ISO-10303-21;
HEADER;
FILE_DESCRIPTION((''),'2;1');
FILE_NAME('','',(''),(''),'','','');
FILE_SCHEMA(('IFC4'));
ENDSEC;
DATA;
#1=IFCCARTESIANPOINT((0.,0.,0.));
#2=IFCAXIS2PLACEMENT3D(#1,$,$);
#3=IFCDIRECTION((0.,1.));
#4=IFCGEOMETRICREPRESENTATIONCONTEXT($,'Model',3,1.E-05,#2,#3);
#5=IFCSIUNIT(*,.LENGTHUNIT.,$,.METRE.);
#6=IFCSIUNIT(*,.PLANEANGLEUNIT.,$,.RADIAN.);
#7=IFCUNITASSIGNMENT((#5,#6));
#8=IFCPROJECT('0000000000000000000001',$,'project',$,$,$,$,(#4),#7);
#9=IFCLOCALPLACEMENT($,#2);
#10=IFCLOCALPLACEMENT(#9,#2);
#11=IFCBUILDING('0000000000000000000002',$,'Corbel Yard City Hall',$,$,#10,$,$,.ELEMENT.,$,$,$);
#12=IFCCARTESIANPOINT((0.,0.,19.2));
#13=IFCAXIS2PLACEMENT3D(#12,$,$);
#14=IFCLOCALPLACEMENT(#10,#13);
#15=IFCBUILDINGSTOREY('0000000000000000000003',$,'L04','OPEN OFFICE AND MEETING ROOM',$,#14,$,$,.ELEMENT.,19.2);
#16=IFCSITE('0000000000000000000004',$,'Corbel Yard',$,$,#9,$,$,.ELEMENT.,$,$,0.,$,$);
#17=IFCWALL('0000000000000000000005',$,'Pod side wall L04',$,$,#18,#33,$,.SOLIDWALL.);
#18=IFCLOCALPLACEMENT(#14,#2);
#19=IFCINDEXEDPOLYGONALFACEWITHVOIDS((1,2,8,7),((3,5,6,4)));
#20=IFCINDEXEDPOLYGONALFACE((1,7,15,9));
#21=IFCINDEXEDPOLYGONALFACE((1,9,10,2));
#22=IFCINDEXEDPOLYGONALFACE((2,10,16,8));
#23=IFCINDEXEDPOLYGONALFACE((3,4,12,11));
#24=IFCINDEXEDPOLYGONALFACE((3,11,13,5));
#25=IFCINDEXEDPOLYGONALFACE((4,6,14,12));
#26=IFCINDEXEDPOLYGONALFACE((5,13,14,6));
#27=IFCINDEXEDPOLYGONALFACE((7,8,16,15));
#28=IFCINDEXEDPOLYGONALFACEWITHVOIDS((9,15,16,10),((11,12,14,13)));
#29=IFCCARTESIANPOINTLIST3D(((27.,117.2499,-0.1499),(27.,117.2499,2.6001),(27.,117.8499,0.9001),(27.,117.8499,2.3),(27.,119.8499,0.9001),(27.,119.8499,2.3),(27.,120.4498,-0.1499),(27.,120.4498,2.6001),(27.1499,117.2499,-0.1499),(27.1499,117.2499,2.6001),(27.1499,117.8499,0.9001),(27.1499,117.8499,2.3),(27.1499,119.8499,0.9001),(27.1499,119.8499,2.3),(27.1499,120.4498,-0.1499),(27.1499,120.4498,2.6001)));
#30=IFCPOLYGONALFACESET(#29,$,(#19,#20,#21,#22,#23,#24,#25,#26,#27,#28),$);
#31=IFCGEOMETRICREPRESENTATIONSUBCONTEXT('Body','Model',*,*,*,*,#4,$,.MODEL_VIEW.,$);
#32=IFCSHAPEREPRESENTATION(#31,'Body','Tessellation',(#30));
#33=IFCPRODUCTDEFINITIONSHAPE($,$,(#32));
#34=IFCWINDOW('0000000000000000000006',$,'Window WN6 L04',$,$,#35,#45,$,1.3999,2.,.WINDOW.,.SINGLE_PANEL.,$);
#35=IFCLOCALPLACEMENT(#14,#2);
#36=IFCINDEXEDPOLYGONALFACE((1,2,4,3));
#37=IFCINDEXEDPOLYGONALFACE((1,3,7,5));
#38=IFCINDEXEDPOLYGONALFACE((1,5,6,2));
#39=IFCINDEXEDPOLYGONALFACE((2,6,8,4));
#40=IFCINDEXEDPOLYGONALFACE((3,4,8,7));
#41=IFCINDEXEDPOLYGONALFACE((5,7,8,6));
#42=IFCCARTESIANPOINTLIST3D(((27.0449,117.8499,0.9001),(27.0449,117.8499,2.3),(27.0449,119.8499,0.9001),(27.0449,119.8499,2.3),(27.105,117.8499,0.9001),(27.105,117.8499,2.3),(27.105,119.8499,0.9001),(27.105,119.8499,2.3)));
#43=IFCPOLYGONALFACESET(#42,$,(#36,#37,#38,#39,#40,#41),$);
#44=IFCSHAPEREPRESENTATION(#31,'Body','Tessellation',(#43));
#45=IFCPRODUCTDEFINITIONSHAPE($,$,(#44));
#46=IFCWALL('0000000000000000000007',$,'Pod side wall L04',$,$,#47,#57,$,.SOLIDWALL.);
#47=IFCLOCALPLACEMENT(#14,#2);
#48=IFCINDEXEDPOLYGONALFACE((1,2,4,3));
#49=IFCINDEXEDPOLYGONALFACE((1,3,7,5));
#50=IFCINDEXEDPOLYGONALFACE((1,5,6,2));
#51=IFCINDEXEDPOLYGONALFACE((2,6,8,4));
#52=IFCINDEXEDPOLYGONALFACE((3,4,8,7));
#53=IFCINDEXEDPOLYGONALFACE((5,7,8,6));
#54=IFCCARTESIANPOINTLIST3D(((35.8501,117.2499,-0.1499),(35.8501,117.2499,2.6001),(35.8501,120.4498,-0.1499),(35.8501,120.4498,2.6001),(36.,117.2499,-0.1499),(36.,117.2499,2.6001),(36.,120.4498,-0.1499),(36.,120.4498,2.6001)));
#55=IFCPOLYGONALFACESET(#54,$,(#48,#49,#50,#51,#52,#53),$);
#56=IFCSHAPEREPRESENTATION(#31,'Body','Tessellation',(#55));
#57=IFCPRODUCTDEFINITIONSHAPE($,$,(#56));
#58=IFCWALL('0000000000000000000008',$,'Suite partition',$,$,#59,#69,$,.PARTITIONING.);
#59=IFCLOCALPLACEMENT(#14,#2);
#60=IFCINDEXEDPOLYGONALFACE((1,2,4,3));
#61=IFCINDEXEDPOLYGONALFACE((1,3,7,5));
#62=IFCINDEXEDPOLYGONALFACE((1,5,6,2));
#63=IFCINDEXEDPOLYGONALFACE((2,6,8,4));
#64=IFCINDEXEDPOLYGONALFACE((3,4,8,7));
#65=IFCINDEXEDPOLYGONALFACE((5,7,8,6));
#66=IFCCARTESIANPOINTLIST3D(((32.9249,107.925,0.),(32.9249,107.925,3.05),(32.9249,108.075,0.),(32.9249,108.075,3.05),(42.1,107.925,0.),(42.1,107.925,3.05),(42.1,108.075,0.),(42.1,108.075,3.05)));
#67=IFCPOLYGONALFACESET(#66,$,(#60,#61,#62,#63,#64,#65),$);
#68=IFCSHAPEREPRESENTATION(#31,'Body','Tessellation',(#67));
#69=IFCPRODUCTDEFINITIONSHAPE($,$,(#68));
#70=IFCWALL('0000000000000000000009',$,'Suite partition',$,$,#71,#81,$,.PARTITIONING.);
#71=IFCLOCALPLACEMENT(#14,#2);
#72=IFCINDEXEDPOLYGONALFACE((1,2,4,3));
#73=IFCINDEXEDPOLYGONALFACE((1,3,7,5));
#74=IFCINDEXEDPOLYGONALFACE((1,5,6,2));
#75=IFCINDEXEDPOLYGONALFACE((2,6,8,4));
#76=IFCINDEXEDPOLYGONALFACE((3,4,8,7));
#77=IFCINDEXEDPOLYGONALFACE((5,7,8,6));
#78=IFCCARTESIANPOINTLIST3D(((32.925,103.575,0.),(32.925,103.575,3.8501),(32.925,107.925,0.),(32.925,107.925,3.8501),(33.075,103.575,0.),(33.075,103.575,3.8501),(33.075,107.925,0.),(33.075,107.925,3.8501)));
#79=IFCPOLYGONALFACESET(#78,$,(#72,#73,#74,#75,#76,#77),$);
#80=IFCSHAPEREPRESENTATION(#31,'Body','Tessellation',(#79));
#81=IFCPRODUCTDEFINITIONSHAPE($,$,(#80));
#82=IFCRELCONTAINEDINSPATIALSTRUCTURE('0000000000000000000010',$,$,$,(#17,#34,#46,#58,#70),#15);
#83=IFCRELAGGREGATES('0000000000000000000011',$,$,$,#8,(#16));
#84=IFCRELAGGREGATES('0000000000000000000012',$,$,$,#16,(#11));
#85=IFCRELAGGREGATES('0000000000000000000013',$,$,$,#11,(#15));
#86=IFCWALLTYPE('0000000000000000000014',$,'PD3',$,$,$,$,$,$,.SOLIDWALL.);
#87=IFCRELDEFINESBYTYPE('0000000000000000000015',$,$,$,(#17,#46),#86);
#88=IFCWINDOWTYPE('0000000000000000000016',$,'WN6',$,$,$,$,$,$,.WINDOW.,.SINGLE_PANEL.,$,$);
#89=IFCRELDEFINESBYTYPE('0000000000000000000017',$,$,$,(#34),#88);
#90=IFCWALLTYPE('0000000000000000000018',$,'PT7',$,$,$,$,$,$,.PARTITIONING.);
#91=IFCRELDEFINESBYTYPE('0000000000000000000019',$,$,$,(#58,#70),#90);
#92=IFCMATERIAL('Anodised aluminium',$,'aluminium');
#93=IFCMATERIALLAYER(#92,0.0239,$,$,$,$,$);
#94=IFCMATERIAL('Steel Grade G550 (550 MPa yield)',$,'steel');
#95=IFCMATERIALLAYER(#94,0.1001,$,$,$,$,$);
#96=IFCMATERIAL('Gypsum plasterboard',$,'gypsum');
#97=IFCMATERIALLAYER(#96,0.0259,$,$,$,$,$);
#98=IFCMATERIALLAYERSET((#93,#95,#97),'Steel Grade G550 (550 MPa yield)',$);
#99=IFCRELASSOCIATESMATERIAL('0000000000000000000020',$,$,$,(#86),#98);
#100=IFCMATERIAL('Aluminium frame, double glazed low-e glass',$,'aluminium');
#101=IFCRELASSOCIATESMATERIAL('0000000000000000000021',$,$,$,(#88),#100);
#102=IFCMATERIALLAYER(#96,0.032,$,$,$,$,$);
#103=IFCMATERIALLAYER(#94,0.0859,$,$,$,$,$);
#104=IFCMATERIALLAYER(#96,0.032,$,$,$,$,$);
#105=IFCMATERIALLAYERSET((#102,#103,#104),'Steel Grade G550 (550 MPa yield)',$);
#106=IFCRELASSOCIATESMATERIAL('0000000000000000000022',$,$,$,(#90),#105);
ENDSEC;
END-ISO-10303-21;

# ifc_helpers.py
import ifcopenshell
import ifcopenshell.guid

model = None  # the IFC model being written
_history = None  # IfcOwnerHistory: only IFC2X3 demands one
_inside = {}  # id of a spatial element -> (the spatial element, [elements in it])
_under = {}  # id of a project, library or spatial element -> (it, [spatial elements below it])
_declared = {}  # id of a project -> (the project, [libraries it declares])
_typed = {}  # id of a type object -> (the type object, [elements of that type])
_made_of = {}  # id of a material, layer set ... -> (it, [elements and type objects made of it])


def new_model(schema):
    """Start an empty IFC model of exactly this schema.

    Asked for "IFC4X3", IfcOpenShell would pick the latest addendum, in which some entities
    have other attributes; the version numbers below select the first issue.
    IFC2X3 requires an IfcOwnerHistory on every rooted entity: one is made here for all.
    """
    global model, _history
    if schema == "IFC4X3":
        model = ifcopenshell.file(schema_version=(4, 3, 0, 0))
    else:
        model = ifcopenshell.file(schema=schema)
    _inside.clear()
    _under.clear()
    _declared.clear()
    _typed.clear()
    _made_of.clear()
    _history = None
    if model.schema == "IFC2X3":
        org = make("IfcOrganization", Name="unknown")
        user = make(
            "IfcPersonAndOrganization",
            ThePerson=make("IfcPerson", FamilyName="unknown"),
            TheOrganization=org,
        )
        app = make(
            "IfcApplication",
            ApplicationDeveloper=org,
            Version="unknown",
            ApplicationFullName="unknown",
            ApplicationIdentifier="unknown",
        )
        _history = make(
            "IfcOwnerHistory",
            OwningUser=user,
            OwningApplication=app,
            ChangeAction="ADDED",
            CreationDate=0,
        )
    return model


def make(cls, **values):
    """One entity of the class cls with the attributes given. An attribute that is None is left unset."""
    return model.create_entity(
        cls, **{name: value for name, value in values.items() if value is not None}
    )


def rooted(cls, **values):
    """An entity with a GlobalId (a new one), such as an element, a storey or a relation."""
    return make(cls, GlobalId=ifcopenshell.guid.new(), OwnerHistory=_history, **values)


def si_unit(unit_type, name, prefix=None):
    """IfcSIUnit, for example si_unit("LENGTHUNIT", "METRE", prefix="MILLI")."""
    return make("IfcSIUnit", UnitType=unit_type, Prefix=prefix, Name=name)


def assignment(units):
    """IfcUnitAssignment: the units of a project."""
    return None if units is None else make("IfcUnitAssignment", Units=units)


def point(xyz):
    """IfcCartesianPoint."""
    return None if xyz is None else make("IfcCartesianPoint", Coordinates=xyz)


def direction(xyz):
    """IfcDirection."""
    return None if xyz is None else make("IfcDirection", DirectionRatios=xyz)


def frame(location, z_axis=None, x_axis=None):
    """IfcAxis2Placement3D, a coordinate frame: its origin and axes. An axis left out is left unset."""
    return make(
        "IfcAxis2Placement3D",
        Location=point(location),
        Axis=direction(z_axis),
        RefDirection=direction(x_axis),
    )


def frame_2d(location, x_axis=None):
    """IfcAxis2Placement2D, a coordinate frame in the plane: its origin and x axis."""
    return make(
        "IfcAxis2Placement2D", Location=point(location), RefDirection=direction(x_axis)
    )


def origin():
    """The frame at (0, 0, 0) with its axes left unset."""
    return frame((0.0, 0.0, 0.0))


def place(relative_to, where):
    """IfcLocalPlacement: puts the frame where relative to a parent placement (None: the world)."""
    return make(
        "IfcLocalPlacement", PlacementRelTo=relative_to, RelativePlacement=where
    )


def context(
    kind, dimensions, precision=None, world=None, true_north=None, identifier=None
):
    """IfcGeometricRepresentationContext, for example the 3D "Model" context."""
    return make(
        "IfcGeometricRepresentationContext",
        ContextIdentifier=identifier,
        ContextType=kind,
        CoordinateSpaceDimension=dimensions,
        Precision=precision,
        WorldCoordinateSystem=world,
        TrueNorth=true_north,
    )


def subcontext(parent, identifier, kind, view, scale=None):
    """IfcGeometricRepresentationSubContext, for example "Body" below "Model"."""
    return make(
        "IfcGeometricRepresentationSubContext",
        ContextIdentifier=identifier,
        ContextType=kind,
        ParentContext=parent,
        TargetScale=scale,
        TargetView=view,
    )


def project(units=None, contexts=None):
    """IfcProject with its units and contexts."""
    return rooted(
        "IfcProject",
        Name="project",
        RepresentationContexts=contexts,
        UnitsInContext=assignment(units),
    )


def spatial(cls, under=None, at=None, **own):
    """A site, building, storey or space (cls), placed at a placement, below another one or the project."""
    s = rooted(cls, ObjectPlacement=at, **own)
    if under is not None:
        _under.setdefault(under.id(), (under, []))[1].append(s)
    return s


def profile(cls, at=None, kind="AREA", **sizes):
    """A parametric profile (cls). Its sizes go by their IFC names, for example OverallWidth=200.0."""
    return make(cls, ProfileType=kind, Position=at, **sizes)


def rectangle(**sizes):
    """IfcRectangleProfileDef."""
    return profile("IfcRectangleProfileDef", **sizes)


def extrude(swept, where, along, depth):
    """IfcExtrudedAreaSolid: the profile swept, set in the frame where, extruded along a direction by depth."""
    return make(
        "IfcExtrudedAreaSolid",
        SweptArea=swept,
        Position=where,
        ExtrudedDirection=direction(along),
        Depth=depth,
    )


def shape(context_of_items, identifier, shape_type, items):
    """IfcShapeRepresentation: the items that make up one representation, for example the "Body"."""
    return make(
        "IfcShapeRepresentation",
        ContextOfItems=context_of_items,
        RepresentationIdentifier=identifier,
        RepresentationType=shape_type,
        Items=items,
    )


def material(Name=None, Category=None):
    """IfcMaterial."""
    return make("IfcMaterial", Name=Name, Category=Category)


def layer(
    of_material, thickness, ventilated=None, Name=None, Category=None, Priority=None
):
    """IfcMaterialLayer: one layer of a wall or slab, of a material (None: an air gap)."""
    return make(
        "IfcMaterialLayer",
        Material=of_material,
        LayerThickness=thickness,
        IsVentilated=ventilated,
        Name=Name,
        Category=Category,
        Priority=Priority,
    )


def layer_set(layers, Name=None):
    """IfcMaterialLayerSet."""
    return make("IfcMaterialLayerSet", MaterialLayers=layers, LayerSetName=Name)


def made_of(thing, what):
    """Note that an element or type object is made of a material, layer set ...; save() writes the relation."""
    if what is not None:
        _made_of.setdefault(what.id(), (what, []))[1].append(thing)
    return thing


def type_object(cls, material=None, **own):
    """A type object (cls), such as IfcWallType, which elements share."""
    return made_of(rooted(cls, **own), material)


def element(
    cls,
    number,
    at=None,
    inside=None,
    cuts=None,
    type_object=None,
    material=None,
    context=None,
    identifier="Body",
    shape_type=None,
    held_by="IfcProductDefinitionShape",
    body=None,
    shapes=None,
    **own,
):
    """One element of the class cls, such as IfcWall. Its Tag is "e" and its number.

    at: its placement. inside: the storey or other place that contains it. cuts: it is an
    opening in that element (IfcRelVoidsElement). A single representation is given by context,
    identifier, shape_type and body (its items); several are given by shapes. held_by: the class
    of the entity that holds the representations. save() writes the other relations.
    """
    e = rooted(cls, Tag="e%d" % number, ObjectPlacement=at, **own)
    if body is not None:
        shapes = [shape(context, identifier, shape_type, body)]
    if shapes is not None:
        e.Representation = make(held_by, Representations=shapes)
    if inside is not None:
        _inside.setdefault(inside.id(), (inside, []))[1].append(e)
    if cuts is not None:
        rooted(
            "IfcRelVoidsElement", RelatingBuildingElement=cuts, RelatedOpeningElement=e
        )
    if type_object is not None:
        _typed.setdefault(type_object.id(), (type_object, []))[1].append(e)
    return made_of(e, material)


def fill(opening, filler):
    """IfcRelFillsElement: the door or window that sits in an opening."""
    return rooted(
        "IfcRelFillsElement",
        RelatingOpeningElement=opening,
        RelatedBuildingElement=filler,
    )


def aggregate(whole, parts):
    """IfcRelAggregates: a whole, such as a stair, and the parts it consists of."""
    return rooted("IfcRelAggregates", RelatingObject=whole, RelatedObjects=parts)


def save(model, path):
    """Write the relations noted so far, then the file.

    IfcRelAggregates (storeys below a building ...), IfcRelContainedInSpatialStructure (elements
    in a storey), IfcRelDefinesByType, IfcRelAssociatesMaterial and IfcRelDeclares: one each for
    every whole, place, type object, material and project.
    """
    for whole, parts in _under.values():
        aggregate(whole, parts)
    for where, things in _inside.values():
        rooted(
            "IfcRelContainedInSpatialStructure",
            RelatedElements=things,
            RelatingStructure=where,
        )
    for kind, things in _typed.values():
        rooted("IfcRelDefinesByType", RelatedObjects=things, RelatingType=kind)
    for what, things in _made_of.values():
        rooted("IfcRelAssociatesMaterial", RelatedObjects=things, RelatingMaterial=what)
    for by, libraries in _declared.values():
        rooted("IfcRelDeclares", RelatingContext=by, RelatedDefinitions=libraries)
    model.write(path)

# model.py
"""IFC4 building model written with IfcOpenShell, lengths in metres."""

from ifc_helpers import new_model, si_unit, direction, frame, frame_2d, origin, place, context, subcontext, project, spatial, rectangle, extrude, material, layer, layer_set, type_object, element, fill, save


model = new_model("IFC4")

# Units and contexts
model_context = context("Model", 3, precision=1e-05, world=origin(), true_north=direction((0.0, 1.0)))
body_context = subcontext(model_context, "Body", "Model", "MODEL_VIEW")
ifc_project = project(units=[si_unit("LENGTHUNIT", "METRE"), si_unit("PLANEANGLEUNIT", "RADIAN")], contexts=[model_context])

# Site, building, storey
site_placement = place(None, origin())
site = spatial("IfcSite", under=ifc_project, at=site_placement, Name="Corbel Yard", CompositionType="ELEMENT", RefElevation=0.0)
building_placement = place(site_placement, origin())
building = spatial("IfcBuilding", under=site, at=building_placement, Name="Corbel Yard City Hall", CompositionType="ELEMENT")
storey_placement = place(building_placement, frame((0.0, 0.0, 19.2)))
storey = spatial("IfcBuildingStorey", under=building, at=storey_placement, Name="L04", Description="OPEN OFFICE AND MEETING ROOM", CompositionType="ELEMENT", Elevation=19.2)

# Shared definitions
ifc_material_1 = material(Name="Anodised aluminium", Category="aluminium")
ifc_material_2 = material(Name="Steel Grade G550 (550 MPa yield)", Category="steel")
ifc_material_3 = material(Name="Gypsum plasterboard", Category="gypsum")
ifc_material_4 = material(Name="Aluminium frame, double glazed low-e glass", Category="aluminium")

# Shared definitions
ifc_layer_1 = layer(ifc_material_1, 0.0239)
ifc_layer_2 = layer(ifc_material_2, 0.1001)
ifc_layer_3 = layer(ifc_material_3, 0.0259)
ifc_layer_set_1 = layer_set([ifc_layer_1, ifc_layer_2, ifc_layer_3], Name="Steel Grade G550 (550 MPa yield)")
wall_type_1 = type_object("IfcWallType", Name="PD3", PredefinedType="SOLIDWALL", material=ifc_layer_set_1)

# Wall, opening, window
wall_1_placement = place(storey_placement, frame((27.075, 120.45, -0.1499), z_axis=(0.0, 0.0, 1.0), x_axis=(0.0, -1.0, 0.0)))
wall_1 = element("IfcWall", 1, at=wall_1_placement, inside=storey, type_object=wall_type_1, Name="Pod side wall L04", PredefinedType="SOLIDWALL", context=body_context, shape_type="SweptSolid", body=[
    extrude(rectangle(XDim=3.2, YDim=0.1499, at=frame_2d((1.6001, 0.0))), origin(), (0.0, 0.0, 1.0), 2.75),
])
opening_1_placement = place(wall_1_placement, frame((0.6001, 0.0, 1.05)))
opening_1 = element("IfcOpeningElement", 2, at=opening_1_placement, cuts=wall_1, PredefinedType="OPENING", context=body_context, shape_type="SweptSolid", body=[
    extrude(rectangle(XDim=2.0, YDim=1.3999, at=frame_2d((1.0, 0.7))), frame((0.0, 0.085, 0.0), z_axis=(0.0, -1.0, 0.0), x_axis=(1.0, 0.0, 0.0)), (0.0, 0.0, 1.0), 0.1699),
])
window_type_1 = type_object("IfcWindowType", Name="WN6", PartitioningType="SINGLE_PANEL", PredefinedType="WINDOW", material=ifc_material_4)
window_1_placement = place(opening_1_placement, origin())
window_1 = element("IfcWindow", 3, at=window_1_placement, inside=storey, type_object=window_type_1, Name="Window WN6 L04", OverallHeight=1.3999, OverallWidth=2.0, PartitioningType="SINGLE_PANEL", PredefinedType="WINDOW", context=body_context, shape_type="SweptSolid", body=[
    extrude(rectangle(XDim=2.0, YDim=1.3999, at=frame_2d((1.0, 0.7))), frame((0.0, 0.03, 0.0), z_axis=(0.0, -1.0, 0.0), x_axis=(1.0, 0.0, 0.0)), (0.0, 0.0, 1.0), 0.0601),
])
fill(opening_1, window_1)

# Walls
wall_2_placement = place(storey_placement, frame((35.925, 120.45, -0.1499), z_axis=(0.0, 0.0, 1.0), x_axis=(0.0, -1.0, 0.0)))
element("IfcWall", 4, at=wall_2_placement, inside=storey, type_object=wall_type_1, Name="Pod side wall L04", PredefinedType="SOLIDWALL", context=body_context, shape_type="SweptSolid", body=[
    extrude(rectangle(XDim=3.2, YDim=0.1499, at=frame_2d((1.6001, 0.0))), origin(), (0.0, 0.0, 1.0), 2.75),
])
ifc_layer_4 = layer(ifc_material_3, 0.032)
ifc_layer_5 = layer(ifc_material_2, 0.0859)
ifc_layer_6 = layer(ifc_material_3, 0.032)
ifc_layer_set_2 = layer_set([ifc_layer_4, ifc_layer_5, ifc_layer_6], Name="Steel Grade G550 (550 MPa yield)")
wall_type_2 = type_object("IfcWallType", Name="PT7", PredefinedType="PARTITIONING", material=ifc_layer_set_2)
wall_3_placement = place(storey_placement, frame((32.925, 108.0, 0.0), z_axis=(0.0, 0.0, 1.0), x_axis=(1.0, 0.0, 0.0)))
element("IfcWall", 5, at=wall_3_placement, inside=storey, type_object=wall_type_2, Name="Suite partition", PredefinedType="PARTITIONING", context=body_context, shape_type="SweptSolid", body=[
    extrude(rectangle(XDim=9.175, YDim=0.1499, at=frame_2d((4.5874, 0.0))), origin(), (0.0, 0.0, 1.0), 3.05),
])
wall_4_placement = place(storey_placement, frame((33.0, 103.575, 0.0), z_axis=(0.0, 0.0, 1.0), x_axis=(0.0, 1.0, 0.0)))
element("IfcWall", 6, at=wall_4_placement, inside=storey, type_object=wall_type_2, Name="Suite partition", PredefinedType="PARTITIONING", context=body_context, shape_type="SweptSolid", body=[
    extrude(rectangle(XDim=4.3501, YDim=0.1499, at=frame_2d((2.175, 0.0))), origin(), (0.0, 0.0, 1.0), 3.8501),
])

save(model, "model.ifc")
